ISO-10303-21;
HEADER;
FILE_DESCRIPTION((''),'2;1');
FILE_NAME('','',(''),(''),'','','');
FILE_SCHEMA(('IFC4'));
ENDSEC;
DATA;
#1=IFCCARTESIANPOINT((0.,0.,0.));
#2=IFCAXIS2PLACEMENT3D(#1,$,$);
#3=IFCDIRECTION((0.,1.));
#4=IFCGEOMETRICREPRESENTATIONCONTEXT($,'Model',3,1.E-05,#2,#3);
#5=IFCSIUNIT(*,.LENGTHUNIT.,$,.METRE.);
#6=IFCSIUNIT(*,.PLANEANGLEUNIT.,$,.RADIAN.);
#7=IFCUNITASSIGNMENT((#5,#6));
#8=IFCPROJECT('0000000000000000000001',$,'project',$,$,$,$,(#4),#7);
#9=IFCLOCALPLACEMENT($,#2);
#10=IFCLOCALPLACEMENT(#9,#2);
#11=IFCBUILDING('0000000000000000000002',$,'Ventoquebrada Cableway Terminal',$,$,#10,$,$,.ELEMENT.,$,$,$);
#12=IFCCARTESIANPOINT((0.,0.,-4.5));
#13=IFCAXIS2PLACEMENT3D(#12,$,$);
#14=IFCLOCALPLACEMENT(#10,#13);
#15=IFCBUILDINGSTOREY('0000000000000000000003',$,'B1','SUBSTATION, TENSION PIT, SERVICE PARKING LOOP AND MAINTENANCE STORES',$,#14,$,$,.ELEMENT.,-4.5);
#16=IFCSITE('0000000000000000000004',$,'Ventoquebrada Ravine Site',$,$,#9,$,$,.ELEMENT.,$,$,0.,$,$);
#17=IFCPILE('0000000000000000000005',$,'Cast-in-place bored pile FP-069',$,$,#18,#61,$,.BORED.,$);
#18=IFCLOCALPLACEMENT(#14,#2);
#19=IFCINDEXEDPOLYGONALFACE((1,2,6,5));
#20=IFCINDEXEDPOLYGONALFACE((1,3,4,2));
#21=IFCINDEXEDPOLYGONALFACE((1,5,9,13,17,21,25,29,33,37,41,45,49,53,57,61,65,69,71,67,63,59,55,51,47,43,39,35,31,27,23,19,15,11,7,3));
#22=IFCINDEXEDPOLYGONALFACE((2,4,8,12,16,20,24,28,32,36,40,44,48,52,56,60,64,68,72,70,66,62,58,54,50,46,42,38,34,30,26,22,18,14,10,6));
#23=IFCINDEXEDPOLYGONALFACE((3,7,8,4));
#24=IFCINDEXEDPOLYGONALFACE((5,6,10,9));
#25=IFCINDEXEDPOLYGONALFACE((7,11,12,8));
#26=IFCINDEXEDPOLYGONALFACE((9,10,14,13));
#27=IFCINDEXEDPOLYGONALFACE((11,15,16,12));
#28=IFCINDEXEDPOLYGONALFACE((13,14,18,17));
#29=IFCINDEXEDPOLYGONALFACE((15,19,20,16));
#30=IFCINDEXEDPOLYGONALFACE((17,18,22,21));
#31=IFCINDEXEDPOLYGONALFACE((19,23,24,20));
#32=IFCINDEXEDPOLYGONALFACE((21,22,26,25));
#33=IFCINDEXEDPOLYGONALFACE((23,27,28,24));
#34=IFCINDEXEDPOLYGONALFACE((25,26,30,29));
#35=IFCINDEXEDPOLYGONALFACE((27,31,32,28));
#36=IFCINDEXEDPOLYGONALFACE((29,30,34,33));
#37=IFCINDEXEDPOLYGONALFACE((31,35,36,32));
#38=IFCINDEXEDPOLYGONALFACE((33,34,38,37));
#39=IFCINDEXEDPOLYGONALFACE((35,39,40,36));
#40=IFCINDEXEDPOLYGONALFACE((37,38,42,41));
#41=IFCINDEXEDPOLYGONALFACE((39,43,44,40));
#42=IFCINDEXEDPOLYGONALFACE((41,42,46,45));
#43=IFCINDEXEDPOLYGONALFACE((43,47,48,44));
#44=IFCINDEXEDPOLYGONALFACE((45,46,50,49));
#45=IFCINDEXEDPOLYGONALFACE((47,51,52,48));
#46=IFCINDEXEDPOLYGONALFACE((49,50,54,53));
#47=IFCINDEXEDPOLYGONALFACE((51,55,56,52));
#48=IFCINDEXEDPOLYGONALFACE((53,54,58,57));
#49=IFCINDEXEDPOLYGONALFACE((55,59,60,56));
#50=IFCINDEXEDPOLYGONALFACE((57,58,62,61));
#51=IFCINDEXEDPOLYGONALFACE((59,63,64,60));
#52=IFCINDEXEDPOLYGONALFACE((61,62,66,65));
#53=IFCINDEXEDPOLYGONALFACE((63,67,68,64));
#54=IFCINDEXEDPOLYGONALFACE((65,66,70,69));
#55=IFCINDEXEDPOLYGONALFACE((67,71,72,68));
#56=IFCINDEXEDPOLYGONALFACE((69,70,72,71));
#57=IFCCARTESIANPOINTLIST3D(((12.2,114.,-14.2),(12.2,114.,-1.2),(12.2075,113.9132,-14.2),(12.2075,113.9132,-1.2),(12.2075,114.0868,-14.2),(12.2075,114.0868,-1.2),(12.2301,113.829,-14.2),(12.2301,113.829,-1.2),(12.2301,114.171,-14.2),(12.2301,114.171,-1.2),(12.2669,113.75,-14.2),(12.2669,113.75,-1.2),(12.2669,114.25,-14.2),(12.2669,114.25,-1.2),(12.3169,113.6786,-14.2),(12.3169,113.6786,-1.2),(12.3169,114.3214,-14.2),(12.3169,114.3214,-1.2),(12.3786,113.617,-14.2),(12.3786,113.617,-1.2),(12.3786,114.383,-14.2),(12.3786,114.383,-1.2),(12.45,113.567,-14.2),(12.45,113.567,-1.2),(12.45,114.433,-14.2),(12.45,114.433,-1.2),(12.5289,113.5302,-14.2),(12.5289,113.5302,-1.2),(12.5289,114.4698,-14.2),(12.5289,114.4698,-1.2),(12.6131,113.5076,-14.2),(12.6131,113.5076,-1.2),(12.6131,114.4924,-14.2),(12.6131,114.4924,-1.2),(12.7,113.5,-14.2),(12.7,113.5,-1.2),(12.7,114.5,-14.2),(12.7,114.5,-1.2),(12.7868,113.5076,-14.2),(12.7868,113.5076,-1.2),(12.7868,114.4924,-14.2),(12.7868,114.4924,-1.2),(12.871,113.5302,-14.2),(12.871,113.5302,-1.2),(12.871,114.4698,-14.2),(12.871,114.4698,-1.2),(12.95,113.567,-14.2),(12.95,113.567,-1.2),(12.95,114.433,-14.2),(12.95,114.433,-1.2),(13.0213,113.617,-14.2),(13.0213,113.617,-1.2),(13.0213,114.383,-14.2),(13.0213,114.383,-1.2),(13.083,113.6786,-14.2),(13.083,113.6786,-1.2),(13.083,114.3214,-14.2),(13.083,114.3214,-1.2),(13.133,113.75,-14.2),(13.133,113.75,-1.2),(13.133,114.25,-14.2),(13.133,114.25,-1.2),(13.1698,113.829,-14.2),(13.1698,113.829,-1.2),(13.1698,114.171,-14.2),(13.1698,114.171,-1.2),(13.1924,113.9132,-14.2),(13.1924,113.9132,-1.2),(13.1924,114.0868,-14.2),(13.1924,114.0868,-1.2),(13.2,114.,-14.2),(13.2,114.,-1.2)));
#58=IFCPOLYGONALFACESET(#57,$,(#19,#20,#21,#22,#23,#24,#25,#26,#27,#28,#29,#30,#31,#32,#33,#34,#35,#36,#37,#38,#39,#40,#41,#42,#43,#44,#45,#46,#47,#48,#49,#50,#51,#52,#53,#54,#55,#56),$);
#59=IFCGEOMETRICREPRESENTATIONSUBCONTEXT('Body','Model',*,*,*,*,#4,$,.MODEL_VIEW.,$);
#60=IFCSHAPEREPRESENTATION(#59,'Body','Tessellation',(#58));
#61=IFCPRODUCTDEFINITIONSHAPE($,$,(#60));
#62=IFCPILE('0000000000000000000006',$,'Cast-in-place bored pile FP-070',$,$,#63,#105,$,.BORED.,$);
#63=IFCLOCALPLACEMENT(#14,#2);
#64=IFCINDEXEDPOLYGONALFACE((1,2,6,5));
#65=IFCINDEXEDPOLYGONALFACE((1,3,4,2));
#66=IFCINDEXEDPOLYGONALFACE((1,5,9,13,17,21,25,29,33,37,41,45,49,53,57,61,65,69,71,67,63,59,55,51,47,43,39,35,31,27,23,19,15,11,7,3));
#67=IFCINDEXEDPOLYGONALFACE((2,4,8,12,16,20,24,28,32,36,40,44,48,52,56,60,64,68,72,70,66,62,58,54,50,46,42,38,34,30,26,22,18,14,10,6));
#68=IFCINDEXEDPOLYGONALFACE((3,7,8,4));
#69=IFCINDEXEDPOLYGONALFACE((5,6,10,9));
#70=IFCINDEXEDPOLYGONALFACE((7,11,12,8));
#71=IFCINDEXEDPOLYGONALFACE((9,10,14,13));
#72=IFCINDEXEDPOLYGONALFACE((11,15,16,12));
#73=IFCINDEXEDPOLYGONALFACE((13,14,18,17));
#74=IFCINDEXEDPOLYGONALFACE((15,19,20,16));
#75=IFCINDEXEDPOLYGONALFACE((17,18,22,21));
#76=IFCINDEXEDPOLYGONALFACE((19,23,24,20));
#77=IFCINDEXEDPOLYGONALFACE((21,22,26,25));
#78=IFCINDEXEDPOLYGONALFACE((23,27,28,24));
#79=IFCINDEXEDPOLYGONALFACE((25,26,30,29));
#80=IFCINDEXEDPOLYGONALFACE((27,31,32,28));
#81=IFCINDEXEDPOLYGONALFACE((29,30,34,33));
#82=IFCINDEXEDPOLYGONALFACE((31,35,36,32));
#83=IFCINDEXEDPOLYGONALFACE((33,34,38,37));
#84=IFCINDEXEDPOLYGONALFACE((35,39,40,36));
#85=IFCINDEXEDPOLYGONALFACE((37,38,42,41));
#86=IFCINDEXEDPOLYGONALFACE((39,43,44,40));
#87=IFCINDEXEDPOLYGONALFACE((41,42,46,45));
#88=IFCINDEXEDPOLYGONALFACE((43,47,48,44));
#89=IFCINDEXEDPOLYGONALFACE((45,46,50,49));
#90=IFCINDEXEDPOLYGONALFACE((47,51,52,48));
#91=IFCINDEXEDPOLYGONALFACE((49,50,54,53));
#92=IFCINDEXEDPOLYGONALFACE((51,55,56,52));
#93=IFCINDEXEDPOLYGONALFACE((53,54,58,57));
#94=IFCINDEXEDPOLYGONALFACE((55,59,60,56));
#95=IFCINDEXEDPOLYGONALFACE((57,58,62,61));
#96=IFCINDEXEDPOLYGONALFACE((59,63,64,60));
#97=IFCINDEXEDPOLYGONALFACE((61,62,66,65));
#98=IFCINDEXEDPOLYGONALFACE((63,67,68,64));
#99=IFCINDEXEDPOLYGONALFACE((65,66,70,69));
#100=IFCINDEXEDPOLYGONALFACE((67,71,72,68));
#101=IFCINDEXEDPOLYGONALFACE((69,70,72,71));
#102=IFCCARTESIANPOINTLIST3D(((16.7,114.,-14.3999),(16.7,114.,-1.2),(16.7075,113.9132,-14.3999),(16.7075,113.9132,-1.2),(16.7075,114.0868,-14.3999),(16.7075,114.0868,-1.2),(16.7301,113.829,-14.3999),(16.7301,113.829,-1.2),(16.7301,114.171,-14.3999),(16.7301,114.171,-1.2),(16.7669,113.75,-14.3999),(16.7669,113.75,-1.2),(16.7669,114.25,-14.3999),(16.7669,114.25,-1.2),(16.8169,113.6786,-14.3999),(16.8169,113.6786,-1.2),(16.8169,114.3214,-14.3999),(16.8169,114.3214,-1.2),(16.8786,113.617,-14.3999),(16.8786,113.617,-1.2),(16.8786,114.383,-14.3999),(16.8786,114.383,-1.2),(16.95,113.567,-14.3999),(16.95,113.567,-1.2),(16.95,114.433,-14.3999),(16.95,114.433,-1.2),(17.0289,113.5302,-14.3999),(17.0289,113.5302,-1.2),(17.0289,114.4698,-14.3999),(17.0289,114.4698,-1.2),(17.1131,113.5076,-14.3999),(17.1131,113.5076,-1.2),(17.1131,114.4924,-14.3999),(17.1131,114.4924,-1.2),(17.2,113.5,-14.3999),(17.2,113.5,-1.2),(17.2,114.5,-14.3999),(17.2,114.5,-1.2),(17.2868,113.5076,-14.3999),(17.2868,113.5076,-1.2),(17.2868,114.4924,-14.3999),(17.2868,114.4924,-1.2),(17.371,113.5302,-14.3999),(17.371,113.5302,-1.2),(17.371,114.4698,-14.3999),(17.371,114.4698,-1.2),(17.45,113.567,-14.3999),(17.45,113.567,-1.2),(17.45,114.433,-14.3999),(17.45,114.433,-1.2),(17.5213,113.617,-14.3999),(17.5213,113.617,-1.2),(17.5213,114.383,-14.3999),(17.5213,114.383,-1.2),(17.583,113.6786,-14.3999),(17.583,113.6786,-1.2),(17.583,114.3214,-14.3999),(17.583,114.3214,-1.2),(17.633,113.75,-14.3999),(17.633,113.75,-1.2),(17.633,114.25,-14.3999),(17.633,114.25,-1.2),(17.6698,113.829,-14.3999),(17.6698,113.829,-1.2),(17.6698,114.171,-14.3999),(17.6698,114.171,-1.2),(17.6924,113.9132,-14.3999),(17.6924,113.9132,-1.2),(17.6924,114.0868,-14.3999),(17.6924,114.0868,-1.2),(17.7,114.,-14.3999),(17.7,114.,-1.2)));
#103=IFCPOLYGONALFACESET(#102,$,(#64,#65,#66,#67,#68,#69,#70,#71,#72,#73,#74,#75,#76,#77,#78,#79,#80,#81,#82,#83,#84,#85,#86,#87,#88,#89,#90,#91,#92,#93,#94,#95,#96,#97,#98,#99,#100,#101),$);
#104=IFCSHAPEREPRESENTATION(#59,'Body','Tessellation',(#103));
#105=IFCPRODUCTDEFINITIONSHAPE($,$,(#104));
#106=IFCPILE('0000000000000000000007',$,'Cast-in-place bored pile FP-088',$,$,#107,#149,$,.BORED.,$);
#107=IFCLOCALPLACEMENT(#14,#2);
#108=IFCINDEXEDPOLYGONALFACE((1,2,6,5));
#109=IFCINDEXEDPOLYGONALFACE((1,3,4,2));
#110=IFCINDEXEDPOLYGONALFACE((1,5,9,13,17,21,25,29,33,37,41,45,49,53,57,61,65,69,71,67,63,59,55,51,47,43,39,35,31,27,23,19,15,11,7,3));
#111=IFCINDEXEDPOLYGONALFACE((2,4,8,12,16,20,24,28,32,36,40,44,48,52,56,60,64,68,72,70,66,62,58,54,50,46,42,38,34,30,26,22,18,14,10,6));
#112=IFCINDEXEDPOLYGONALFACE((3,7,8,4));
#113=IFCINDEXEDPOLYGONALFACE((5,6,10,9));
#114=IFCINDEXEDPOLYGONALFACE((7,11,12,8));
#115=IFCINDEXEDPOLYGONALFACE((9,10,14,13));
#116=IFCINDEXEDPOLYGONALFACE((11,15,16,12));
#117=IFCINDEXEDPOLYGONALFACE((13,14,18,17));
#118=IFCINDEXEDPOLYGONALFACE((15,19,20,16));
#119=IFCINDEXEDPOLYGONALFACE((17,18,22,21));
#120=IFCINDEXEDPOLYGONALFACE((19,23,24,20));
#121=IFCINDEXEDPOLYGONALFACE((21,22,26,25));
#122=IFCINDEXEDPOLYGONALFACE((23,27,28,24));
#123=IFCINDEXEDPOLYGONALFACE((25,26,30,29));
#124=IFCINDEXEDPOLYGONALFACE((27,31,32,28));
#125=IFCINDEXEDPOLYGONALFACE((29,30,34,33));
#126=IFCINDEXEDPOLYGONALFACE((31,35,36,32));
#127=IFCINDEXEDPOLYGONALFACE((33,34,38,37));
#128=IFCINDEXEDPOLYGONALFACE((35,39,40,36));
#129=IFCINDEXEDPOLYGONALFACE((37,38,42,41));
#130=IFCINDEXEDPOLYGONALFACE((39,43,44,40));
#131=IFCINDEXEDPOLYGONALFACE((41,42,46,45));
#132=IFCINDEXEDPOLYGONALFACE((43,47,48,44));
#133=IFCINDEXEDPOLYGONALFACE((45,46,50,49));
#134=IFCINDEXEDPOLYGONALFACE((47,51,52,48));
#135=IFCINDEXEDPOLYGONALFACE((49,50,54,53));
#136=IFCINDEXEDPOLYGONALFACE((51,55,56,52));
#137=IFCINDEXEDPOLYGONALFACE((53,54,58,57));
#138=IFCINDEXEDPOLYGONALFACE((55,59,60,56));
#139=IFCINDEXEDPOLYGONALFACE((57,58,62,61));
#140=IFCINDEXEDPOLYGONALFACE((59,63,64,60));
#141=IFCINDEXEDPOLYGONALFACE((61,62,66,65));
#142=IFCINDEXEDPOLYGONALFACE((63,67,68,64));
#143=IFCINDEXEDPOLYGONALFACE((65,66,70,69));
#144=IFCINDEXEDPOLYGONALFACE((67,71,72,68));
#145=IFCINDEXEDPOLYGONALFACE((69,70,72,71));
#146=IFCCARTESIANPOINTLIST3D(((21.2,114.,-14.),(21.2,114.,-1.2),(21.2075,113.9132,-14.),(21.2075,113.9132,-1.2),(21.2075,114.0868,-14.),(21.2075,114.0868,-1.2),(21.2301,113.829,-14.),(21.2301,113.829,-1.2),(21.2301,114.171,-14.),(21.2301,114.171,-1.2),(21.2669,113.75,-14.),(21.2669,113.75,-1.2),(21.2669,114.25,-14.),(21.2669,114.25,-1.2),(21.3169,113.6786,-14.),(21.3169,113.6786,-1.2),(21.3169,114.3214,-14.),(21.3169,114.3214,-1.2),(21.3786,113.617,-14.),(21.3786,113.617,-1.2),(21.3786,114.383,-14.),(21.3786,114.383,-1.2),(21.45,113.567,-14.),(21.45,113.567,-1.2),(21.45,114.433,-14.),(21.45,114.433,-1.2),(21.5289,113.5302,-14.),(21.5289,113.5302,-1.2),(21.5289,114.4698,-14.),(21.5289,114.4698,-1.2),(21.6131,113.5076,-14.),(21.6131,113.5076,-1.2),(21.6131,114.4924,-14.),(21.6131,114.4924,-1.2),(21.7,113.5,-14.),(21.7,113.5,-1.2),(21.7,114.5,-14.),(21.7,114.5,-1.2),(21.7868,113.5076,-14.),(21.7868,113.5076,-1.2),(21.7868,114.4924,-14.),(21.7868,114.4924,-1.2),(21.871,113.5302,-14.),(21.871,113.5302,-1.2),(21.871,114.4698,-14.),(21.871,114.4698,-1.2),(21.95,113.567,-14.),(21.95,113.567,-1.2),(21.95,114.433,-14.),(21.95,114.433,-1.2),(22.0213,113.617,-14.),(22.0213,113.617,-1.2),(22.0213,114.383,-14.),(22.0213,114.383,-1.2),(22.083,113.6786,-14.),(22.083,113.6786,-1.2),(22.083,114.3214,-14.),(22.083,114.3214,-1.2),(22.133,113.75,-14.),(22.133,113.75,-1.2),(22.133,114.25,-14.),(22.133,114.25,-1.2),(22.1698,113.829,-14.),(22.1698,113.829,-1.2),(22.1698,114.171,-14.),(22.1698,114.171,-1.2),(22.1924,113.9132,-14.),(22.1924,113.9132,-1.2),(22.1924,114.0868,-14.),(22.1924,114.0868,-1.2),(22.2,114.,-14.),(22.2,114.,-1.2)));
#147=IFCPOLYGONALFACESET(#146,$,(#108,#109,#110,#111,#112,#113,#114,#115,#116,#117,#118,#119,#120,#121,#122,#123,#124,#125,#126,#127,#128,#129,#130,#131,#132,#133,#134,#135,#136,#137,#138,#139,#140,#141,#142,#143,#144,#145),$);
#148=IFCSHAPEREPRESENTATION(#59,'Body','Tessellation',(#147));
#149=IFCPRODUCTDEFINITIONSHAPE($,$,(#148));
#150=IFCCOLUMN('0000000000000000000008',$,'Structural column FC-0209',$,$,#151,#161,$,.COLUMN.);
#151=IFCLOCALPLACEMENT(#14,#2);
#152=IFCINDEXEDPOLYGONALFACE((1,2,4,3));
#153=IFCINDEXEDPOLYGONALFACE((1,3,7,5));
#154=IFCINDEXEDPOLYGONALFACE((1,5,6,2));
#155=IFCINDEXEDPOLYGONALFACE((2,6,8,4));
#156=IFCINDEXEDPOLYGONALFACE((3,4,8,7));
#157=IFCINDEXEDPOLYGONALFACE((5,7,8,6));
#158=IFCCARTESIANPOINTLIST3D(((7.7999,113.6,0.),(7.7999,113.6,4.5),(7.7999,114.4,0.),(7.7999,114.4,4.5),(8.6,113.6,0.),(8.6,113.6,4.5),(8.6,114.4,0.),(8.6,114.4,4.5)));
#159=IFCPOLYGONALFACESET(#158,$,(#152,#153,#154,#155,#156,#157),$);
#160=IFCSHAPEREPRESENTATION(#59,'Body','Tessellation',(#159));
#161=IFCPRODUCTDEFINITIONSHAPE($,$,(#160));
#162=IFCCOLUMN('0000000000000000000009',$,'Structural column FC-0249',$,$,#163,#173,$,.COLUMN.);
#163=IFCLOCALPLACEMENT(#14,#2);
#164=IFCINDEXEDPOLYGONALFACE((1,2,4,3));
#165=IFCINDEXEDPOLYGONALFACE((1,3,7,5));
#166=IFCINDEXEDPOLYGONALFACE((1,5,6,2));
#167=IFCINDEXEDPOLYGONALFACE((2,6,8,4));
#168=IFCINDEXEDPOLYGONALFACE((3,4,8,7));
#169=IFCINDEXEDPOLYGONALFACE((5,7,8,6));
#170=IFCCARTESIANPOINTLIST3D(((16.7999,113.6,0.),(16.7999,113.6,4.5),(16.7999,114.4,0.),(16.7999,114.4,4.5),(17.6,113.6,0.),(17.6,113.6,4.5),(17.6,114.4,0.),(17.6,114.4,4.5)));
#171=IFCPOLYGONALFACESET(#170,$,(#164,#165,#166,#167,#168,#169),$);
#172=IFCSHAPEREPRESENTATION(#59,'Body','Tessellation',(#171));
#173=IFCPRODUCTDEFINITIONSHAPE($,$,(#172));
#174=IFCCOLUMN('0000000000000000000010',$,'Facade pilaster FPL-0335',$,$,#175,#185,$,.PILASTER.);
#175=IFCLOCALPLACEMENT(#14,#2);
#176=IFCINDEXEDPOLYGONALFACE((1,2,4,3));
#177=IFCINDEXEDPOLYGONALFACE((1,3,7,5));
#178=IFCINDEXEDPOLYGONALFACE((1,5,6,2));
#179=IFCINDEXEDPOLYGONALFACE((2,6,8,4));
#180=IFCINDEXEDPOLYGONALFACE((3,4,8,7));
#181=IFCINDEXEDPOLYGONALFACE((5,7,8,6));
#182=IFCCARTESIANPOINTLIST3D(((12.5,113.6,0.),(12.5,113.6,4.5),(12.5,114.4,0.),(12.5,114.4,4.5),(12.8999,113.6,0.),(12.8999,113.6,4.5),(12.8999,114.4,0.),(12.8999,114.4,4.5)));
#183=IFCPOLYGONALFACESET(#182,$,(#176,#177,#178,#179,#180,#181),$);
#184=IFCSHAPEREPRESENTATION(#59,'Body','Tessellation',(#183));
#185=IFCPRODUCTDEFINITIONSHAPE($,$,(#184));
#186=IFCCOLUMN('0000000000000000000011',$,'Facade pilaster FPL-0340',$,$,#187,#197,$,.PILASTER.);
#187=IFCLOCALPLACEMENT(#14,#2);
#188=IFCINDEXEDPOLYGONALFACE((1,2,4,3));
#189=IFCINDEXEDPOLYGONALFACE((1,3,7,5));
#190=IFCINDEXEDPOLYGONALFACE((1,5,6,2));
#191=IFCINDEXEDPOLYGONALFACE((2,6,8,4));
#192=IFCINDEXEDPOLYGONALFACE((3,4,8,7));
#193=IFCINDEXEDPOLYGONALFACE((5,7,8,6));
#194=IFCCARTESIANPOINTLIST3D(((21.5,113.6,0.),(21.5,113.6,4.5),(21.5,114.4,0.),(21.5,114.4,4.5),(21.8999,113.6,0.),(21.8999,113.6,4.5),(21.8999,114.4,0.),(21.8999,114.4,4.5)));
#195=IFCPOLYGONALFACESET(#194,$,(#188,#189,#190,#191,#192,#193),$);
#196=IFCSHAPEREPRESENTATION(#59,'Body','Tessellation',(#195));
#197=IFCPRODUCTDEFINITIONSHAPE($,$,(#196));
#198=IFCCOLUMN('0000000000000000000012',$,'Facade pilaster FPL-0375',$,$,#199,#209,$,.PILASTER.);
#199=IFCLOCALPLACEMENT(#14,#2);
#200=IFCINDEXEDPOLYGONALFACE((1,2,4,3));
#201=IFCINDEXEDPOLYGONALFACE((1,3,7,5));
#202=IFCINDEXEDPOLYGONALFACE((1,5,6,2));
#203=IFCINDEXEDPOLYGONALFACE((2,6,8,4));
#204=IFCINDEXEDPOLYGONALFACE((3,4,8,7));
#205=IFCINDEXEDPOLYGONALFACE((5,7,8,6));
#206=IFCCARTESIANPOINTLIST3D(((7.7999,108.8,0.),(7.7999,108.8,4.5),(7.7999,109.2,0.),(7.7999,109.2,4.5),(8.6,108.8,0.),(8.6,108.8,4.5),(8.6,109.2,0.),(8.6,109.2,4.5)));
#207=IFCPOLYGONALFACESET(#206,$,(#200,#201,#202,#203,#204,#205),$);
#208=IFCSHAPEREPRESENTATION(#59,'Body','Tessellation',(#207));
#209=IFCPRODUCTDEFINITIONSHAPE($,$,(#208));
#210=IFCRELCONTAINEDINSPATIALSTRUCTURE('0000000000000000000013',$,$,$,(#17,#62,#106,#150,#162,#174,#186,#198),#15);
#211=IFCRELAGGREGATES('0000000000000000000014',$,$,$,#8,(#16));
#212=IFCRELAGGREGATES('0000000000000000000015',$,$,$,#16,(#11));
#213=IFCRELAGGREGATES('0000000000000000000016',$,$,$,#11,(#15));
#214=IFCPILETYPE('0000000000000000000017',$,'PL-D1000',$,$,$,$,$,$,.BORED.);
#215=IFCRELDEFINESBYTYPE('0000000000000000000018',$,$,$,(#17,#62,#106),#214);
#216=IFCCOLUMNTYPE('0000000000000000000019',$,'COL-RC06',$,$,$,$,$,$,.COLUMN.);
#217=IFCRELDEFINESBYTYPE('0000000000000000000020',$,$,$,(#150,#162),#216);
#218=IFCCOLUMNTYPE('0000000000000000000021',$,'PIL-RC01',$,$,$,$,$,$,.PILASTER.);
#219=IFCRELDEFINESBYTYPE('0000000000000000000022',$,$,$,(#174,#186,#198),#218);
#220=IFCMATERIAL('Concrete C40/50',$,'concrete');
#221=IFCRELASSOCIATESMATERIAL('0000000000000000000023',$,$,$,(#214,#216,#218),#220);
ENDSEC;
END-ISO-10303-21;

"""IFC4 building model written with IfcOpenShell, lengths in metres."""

from ifc_helpers import new_model, si_unit, direction, frame, origin, origin_2d, place, context, subcontext, project, spatial, rectangle, circle, extrude, material, material_profile, profile_set, type_object, element, save


model = new_model("IFC4")

# Units and contexts
model_context = context("Model", 3, precision=1e-05, world=origin(), true_north=direction((0.0, 1.0)))
body_context = subcontext(model_context, "Body", "Model", "MODEL_VIEW")
ifc_project = project(units=[si_unit("LENGTHUNIT", "METRE"), si_unit("PLANEANGLEUNIT", "RADIAN")], contexts=[model_context])

# Site, building, storey
site_placement = place(None, origin())
site = spatial("IfcSite", under=ifc_project, at=site_placement, Name="Ventoquebrada Ravine Site", CompositionType="ELEMENT", RefElevation=0.0)
building_placement = place(site_placement, origin())
building = spatial("IfcBuilding", under=site, at=building_placement, Name="Ventoquebrada Cableway Terminal", CompositionType="ELEMENT")
storey_placement = place(building_placement, frame((0.0, 0.0, -4.5)))
storey = spatial("IfcBuildingStorey", under=building, at=storey_placement, Name="B1", Description="SUBSTATION, TENSION PIT, SERVICE PARKING LOOP AND MAINTENANCE STORES", CompositionType="ELEMENT", Elevation=-4.5)

# Shared definitions
ifc_material_1 = material(Name="Concrete C40/50", Category="concrete")

# Piles
ifc_material_profile_1 = material_profile(ifc_material_1, circle(Radius=0.5, at=origin_2d()), Name="PILE-D1000")
ifc_profile_set_1 = profile_set([ifc_material_profile_1], Name="Concrete C40/50")
pile_type = type_object("IfcPileType", Name="PL-D1000", PredefinedType="BORED", material=ifc_profile_set_1)
pile_1_placement = place(storey_placement, frame((12.7, 114.0, -1.2), z_axis=(0.0, 0.0, -1.0), x_axis=(1.0, 0.0, 0.0)))
element("IfcPile", 1, at=pile_1_placement, inside=storey, type_object=pile_type, Name="Cast-in-place bored pile FP-069", PredefinedType="BORED", context=body_context, shape_type="SweptSolid", body=[
    extrude(circle(Radius=0.5, at=origin_2d()), origin(), (0.0, 0.0, 1.0), 13.0),
])
pile_2_placement = place(storey_placement, frame((17.2, 114.0, -1.2), z_axis=(0.0, 0.0, -1.0), x_axis=(1.0, 0.0, 0.0)))
element("IfcPile", 2, at=pile_2_placement, inside=storey, type_object=pile_type, Name="Cast-in-place bored pile FP-070", PredefinedType="BORED", context=body_context, shape_type="SweptSolid", body=[
    extrude(circle(Radius=0.5, at=origin_2d()), origin(), (0.0, 0.0, 1.0), 13.2),
])
pile_3_placement = place(storey_placement, frame((21.7, 114.0, -1.2), z_axis=(0.0, 0.0, -1.0), x_axis=(1.0, 0.0, 0.0)))
element("IfcPile", 3, at=pile_3_placement, inside=storey, type_object=pile_type, Name="Cast-in-place bored pile FP-088", PredefinedType="BORED", context=body_context, shape_type="SweptSolid", body=[
    extrude(circle(Radius=0.5, at=origin_2d()), origin(), (0.0, 0.0, 1.0), 12.8),
])

# Columns
ifc_material_profile_2 = material_profile(ifc_material_1, rectangle(XDim=0.8, YDim=0.8, at=origin_2d()), Name="RC-COL-800X800")
ifc_profile_set_2 = profile_set([ifc_material_profile_2], Name="Concrete C40/50")
column_type_1 = type_object("IfcColumnType", Name="COL-RC06", PredefinedType="COLUMN", material=ifc_profile_set_2)
for number, where, z_axis, x_axis, name in (
    (4, (8.2, 114.0, 0.0), (0.0, 0.0, 1.0), (1.0, 0.0, 0.0), "Structural column FC-0209"),
    (5, (17.2, 114.0, 0.0), (0.0, 0.0, 1.0), (1.0, 0.0, 0.0), "Structural column FC-0249"),
):
    element("IfcColumn", number, at=place(storey_placement, frame(where, z_axis=z_axis, x_axis=x_axis)), inside=storey, type_object=column_type_1, Name=name, PredefinedType="COLUMN", context=body_context, shape_type="SweptSolid", body=[
        extrude(rectangle(XDim=0.8, YDim=0.8, at=origin_2d()), origin(), (0.0, 0.0, 1.0), 4.5),
    ])
ifc_material_profile_3 = material_profile(ifc_material_1, rectangle(XDim=0.3999, YDim=0.8, at=origin_2d()), Name="RC-PIL-400X800")
ifc_profile_set_3 = profile_set([ifc_material_profile_3], Name="Concrete C40/50")
column_type_2 = type_object("IfcColumnType", Name="PIL-RC01", PredefinedType="PILASTER", material=ifc_profile_set_3)
for number, where, z_axis, x_axis, name in (
    (6, (12.7, 114.0, 0.0), (0.0, 0.0, 1.0), (1.0, 0.0, 0.0), "Facade pilaster FPL-0335"),
    (7, (21.7, 114.0, 0.0), (0.0, 0.0, 1.0), (1.0, 0.0, 0.0), "Facade pilaster FPL-0340"),
    (8, (8.2, 109.0, 0.0), (0.0, 0.0, 1.0), (0.0, 1.0, 0.0), "Facade pilaster FPL-0375"),
):
    element("IfcColumn", number, at=place(storey_placement, frame(where, z_axis=z_axis, x_axis=x_axis)), inside=storey, type_object=column_type_2, Name=name, PredefinedType="PILASTER", context=body_context, shape_type="SweptSolid", body=[
        extrude(rectangle(XDim=0.3999, YDim=0.8, at=origin_2d()), origin(), (0.0, 0.0, 1.0), 4.5),
    ])

save(model, "model.ifc")
